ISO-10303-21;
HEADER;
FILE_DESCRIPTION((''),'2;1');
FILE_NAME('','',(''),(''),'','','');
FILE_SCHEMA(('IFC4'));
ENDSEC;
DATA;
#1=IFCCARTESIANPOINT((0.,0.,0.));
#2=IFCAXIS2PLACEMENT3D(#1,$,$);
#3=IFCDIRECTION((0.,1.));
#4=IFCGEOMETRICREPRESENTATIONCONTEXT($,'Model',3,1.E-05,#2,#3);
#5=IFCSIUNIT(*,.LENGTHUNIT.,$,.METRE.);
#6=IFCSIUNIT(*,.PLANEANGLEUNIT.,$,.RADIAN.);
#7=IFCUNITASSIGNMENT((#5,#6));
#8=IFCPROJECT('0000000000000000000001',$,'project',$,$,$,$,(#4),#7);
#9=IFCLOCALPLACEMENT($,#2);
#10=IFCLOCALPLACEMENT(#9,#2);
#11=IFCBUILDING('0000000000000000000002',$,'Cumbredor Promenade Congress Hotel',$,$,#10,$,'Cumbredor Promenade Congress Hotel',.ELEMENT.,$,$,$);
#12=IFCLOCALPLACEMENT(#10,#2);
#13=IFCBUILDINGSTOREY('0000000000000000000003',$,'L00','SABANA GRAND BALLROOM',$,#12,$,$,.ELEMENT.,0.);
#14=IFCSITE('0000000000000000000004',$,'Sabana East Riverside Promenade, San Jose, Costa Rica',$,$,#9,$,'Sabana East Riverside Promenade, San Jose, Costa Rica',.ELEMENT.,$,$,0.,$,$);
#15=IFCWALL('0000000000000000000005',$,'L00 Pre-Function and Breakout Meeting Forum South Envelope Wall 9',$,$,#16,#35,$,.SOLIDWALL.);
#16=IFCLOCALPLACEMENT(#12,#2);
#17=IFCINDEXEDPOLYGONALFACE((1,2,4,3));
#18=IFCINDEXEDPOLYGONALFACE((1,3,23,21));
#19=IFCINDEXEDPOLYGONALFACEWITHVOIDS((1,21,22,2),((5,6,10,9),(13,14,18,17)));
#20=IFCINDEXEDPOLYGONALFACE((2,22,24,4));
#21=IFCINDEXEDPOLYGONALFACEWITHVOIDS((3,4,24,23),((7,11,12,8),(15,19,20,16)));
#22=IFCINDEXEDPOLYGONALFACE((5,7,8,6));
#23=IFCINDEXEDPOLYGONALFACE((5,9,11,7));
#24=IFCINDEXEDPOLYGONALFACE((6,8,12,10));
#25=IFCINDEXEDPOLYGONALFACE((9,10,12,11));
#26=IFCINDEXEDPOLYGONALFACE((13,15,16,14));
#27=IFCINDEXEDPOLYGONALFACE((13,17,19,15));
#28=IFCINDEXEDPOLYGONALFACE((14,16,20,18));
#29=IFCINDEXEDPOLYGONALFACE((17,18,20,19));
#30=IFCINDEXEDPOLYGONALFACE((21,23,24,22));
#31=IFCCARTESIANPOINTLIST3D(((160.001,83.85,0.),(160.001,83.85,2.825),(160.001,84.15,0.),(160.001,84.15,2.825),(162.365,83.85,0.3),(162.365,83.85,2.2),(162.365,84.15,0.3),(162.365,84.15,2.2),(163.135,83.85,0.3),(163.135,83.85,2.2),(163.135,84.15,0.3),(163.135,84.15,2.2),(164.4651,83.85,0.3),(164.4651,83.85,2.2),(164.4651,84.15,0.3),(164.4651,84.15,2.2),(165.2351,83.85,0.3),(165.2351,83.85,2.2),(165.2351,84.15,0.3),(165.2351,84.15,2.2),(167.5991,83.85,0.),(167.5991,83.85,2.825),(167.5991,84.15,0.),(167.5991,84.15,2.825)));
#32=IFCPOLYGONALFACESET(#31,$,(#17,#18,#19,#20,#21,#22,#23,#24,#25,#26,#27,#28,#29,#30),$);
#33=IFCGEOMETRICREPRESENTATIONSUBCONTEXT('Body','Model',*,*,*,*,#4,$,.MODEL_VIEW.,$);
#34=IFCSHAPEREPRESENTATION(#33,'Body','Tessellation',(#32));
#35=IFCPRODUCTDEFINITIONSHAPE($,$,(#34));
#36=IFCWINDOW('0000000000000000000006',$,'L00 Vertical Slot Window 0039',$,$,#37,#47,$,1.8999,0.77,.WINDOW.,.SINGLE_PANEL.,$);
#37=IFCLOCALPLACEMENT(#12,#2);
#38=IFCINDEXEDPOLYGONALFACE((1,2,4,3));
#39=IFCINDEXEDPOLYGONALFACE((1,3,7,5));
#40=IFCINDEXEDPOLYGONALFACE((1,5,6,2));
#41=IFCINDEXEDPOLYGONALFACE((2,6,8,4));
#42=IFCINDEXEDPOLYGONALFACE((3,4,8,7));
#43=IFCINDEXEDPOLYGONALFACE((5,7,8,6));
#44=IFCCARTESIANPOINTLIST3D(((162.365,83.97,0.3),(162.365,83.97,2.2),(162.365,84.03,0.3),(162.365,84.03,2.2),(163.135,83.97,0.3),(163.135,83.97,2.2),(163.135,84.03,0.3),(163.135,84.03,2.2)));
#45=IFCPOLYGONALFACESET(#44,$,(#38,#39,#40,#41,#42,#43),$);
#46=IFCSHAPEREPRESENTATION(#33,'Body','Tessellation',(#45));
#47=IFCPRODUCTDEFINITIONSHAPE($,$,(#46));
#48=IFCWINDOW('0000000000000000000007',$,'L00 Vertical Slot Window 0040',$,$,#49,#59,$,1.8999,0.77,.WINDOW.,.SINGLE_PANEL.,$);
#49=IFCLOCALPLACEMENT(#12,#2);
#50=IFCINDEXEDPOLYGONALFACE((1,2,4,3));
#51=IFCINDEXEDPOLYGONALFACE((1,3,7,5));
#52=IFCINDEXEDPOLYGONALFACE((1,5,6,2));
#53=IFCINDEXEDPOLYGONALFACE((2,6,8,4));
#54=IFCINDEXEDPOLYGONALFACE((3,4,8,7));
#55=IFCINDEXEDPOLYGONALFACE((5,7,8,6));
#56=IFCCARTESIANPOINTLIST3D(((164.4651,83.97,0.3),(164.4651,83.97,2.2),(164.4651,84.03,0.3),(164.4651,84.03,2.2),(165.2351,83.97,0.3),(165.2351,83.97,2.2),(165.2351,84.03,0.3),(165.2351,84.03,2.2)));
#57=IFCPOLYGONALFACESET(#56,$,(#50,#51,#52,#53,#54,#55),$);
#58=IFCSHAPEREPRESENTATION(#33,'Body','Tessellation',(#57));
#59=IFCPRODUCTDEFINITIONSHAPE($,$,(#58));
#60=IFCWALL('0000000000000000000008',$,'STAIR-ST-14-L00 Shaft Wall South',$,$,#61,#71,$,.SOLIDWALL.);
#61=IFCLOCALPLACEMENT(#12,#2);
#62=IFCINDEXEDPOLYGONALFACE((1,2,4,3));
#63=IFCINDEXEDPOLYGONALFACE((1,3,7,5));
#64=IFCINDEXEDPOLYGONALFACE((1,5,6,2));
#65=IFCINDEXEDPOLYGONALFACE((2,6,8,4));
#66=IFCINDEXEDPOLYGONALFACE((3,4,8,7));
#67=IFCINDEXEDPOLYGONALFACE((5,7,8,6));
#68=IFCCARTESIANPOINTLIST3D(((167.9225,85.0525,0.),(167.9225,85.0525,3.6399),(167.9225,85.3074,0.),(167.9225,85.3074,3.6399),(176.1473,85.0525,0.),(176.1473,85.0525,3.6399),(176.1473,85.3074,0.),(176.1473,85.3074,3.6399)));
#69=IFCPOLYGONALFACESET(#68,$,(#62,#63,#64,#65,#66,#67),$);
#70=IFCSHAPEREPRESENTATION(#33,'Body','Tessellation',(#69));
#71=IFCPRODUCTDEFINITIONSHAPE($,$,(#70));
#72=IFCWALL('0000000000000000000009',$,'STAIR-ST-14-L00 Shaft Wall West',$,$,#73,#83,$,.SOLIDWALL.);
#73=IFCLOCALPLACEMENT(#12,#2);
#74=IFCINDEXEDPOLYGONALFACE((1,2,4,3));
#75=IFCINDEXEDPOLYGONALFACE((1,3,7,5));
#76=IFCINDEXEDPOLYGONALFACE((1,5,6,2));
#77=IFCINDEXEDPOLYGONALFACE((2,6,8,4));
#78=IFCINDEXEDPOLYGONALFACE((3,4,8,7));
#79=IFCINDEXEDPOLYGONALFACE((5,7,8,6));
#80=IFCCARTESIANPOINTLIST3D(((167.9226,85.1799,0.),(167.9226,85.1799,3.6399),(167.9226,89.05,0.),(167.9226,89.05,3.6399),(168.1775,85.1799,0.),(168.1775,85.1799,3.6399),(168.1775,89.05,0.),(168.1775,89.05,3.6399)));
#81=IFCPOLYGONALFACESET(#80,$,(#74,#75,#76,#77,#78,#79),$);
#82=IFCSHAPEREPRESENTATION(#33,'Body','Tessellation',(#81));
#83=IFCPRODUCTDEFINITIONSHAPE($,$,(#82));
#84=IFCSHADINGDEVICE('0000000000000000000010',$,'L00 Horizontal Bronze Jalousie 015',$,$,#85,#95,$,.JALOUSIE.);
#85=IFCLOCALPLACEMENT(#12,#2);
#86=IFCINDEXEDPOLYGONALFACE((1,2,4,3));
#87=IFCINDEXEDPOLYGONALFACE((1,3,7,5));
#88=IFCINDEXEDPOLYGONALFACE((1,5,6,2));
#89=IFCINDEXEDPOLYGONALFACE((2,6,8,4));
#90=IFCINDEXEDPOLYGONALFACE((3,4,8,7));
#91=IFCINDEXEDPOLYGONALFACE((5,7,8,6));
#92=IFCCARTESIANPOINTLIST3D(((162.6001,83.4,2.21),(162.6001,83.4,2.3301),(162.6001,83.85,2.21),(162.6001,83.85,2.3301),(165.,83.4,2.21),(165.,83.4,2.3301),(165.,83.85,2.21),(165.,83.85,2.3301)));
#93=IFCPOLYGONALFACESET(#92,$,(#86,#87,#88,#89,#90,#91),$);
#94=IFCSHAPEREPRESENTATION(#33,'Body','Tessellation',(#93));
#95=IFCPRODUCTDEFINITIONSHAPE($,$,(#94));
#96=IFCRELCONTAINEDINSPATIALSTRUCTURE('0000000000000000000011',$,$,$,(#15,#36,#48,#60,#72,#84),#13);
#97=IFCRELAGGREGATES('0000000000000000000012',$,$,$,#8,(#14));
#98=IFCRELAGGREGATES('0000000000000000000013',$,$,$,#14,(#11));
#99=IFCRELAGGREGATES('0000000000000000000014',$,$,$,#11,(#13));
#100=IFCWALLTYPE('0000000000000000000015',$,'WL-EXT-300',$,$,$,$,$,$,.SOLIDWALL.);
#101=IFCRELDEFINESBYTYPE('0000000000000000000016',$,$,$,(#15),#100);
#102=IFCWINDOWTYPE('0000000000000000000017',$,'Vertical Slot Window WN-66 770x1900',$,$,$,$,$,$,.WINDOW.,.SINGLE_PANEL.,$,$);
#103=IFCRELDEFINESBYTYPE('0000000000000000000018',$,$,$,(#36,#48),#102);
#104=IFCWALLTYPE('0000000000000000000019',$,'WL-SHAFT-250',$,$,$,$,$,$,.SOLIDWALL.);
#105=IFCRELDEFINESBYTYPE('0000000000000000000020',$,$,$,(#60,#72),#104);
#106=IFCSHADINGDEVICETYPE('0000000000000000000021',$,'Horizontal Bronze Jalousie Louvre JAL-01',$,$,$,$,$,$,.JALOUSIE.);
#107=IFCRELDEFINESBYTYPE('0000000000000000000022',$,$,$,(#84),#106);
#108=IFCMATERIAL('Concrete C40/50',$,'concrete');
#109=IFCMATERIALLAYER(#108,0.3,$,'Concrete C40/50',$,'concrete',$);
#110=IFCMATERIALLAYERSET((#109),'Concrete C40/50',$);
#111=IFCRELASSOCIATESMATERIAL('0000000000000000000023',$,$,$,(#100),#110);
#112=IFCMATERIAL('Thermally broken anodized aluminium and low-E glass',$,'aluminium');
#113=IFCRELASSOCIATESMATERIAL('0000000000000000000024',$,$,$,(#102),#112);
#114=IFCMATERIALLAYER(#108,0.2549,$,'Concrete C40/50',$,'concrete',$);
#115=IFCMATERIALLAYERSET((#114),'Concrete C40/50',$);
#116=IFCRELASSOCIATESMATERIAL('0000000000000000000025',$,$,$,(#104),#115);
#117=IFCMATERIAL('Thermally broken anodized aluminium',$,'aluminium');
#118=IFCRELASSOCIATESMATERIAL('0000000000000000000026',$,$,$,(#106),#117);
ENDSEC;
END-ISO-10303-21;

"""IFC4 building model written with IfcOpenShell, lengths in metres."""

from ifc_helpers import new_model, si_unit, direction, frame, frame_2d, origin, origin_2d, place, context, subcontext, project, spatial, rectangle, extrude, material, layer, layer_set, type_object, element, fill, save


model = new_model("IFC4")

# Units and contexts
model_context = context("Model", 3, precision=1e-05, world=origin(), true_north=direction((0.0, 1.0)))
body_context = subcontext(model_context, "Body", "Model", "MODEL_VIEW")
ifc_project = project(units=[si_unit("LENGTHUNIT", "METRE"), si_unit("PLANEANGLEUNIT", "RADIAN")], contexts=[model_context])

# Site, building, storey
site_placement = place(None, origin())
site = spatial("IfcSite", under=ifc_project, at=site_placement, Name="Sabana East Riverside Promenade, San Jose, Costa Rica", LongName="Sabana East Riverside Promenade, San Jose, Costa Rica", CompositionType="ELEMENT", RefElevation=0.0)
building_placement = place(site_placement, origin())
building = spatial("IfcBuilding", under=site, at=building_placement, Name="Cumbredor Promenade Congress Hotel", LongName="Cumbredor Promenade Congress Hotel", CompositionType="ELEMENT")
storey_placement = place(building_placement, origin())
storey = spatial("IfcBuildingStorey", under=building, at=storey_placement, Name="L00", Description="SABANA GRAND BALLROOM", CompositionType="ELEMENT", Elevation=0.0)

# Shared definitions
ifc_material_1 = material(Name="Concrete C40/50", Category="concrete")

# Shared definitions
ifc_material_2 = material(Name="Thermally broken anodized aluminium and low-E glass", Category="aluminium")
ifc_material_3 = material(Name="Thermally broken anodized aluminium", Category="aluminium")

# Wall, openings, windows
ifc_layer_1 = layer(ifc_material_1, 0.3, Name="Concrete C40/50", Category="concrete")
ifc_layer_set_1 = layer_set([ifc_layer_1], Name="Concrete C40/50")
wall_type_1 = type_object("IfcWallType", Name="WL-EXT-300", PredefinedType="SOLIDWALL", material=ifc_layer_set_1)
wall_1_placement = place(storey_placement, frame((160.001, 84.0, 0.0), z_axis=(0.0, 0.0, 1.0), x_axis=(1.0, 0.0, 0.0)))
wall_1 = element("IfcWall", 1, at=wall_1_placement, inside=storey, type_object=wall_type_1, Name="L00 Pre-Function and Breakout Meeting Forum South Envelope Wall 9", PredefinedType="SOLIDWALL", context=body_context, shape_type="SweptSolid", body=[
    extrude(rectangle(XDim=7.5981, YDim=0.3, at=frame_2d((3.7991, 0.0))), origin(), (0.0, 0.0, 1.0), 2.825),
])
opening_1_placement = place(wall_1_placement, frame((2.364, 0.0, 0.3)))
opening_1 = element("IfcOpeningElement", 2, at=opening_1_placement, cuts=wall_1, PredefinedType="OPENING", context=body_context, shape_type="SweptSolid", body=[
    extrude(rectangle(XDim=0.77, YDim=1.8999, at=frame_2d((0.385, 0.95))), frame((0.0, 0.1602, 0.0), z_axis=(0.0, -1.0, 0.0), x_axis=(1.0, 0.0, 0.0)), (0.0, 0.0, 1.0), 0.3201),
])
opening_2_placement = place(wall_1_placement, frame((4.4641, 0.0, 0.3)))
opening_2 = element("IfcOpeningElement", 3, at=opening_2_placement, cuts=wall_1, PredefinedType="OPENING", context=body_context, shape_type="SweptSolid", body=[
    extrude(rectangle(XDim=0.77, YDim=1.8999, at=frame_2d((0.385, 0.95))), frame((0.0, 0.1602, 0.0), z_axis=(0.0, -1.0, 0.0), x_axis=(1.0, 0.0, 0.0)), (0.0, 0.0, 1.0), 0.3201),
])
window_type = type_object("IfcWindowType", Name="Vertical Slot Window WN-66 770x1900", PartitioningType="SINGLE_PANEL", PredefinedType="WINDOW", material=ifc_material_2)
window_1_placement = place(opening_1_placement, origin())
window_1 = element("IfcWindow", 4, at=window_1_placement, inside=storey, type_object=window_type, Name="L00 Vertical Slot Window 0039", OverallHeight=1.8999, OverallWidth=0.77, PartitioningType="SINGLE_PANEL", PredefinedType="WINDOW", context=body_context, shape_type="SweptSolid", body=[
    extrude(rectangle(XDim=0.77, YDim=1.8999, at=frame_2d((0.385, 0.95))), frame((0.0, 0.03, 0.0), z_axis=(0.0, -1.0, 0.0), x_axis=(1.0, 0.0, 0.0)), (0.0, 0.0, 1.0), 0.0601),
])
fill(opening_1, window_1)
window_2_placement = place(opening_2_placement, origin())
window_2 = element("IfcWindow", 5, at=window_2_placement, inside=storey, type_object=window_type, Name="L00 Vertical Slot Window 0040", OverallHeight=1.8999, OverallWidth=0.77, PartitioningType="SINGLE_PANEL", PredefinedType="WINDOW", context=body_context, shape_type="SweptSolid", body=[
    extrude(rectangle(XDim=0.77, YDim=1.8999, at=frame_2d((0.385, 0.95))), frame((0.0, 0.03, 0.0), z_axis=(0.0, -1.0, 0.0), x_axis=(1.0, 0.0, 0.0)), (0.0, 0.0, 1.0), 0.0601),
])
fill(opening_2, window_2)

# Walls
ifc_layer_2 = layer(ifc_material_1, 0.2549, Name="Concrete C40/50", Category="concrete")
ifc_layer_set_2 = layer_set([ifc_layer_2], Name="Concrete C40/50")
wall_type_2 = type_object("IfcWallType", Name="WL-SHAFT-250", PredefinedType="SOLIDWALL", material=ifc_layer_set_2)
wall_2_placement = place(storey_placement, frame((167.9226, 85.1799, 0.0), z_axis=(0.0, 0.0, 1.0), x_axis=(1.0, 0.0, 0.0)))
element("IfcWall", 6, at=wall_2_placement, inside=storey, type_object=wall_type_2, Name="STAIR-ST-14-L00 Shaft Wall South", PredefinedType="SOLIDWALL", context=body_context, shape_type="SweptSolid", body=[
    extrude(rectangle(XDim=8.2249, YDim=0.2549, at=frame_2d((4.1123, 0.0))), origin(), (0.0, 0.0, 1.0), 3.6399),
])
wall_3_placement = place(storey_placement, frame((168.05, 85.1799, 0.0), z_axis=(0.0, 0.0, 1.0), x_axis=(0.0, 1.0, 0.0)))
element("IfcWall", 7, at=wall_3_placement, inside=storey, type_object=wall_type_2, Name="STAIR-ST-14-L00 Shaft Wall West", PredefinedType="SOLIDWALL", context=body_context, shape_type="SweptSolid", body=[
    extrude(rectangle(XDim=3.8701, YDim=0.2549, at=frame_2d((1.9351, 0.0))), origin(), (0.0, 0.0, 1.0), 3.6399),
])

# Shading device
shading_device_type = type_object("IfcShadingDeviceType", Name="Horizontal Bronze Jalousie Louvre JAL-01", PredefinedType="JALOUSIE", material=ifc_material_3)
shading_device_placement = place(storey_placement, frame((163.8, 83.625, 2.21), z_axis=(0.0, 0.0, 1.0), x_axis=(1.0, 0.0, 0.0)))
element("IfcShadingDevice", 8, at=shading_device_placement, inside=storey, type_object=shading_device_type, Name="L00 Horizontal Bronze Jalousie 015", PredefinedType="JALOUSIE", context=body_context, shape_type="SweptSolid", body=[
    extrude(rectangle(XDim=2.3999, YDim=0.45, at=origin_2d()), origin(), (0.0, 0.0, 1.0), 0.1201),
])

save(model, "model.ifc")
